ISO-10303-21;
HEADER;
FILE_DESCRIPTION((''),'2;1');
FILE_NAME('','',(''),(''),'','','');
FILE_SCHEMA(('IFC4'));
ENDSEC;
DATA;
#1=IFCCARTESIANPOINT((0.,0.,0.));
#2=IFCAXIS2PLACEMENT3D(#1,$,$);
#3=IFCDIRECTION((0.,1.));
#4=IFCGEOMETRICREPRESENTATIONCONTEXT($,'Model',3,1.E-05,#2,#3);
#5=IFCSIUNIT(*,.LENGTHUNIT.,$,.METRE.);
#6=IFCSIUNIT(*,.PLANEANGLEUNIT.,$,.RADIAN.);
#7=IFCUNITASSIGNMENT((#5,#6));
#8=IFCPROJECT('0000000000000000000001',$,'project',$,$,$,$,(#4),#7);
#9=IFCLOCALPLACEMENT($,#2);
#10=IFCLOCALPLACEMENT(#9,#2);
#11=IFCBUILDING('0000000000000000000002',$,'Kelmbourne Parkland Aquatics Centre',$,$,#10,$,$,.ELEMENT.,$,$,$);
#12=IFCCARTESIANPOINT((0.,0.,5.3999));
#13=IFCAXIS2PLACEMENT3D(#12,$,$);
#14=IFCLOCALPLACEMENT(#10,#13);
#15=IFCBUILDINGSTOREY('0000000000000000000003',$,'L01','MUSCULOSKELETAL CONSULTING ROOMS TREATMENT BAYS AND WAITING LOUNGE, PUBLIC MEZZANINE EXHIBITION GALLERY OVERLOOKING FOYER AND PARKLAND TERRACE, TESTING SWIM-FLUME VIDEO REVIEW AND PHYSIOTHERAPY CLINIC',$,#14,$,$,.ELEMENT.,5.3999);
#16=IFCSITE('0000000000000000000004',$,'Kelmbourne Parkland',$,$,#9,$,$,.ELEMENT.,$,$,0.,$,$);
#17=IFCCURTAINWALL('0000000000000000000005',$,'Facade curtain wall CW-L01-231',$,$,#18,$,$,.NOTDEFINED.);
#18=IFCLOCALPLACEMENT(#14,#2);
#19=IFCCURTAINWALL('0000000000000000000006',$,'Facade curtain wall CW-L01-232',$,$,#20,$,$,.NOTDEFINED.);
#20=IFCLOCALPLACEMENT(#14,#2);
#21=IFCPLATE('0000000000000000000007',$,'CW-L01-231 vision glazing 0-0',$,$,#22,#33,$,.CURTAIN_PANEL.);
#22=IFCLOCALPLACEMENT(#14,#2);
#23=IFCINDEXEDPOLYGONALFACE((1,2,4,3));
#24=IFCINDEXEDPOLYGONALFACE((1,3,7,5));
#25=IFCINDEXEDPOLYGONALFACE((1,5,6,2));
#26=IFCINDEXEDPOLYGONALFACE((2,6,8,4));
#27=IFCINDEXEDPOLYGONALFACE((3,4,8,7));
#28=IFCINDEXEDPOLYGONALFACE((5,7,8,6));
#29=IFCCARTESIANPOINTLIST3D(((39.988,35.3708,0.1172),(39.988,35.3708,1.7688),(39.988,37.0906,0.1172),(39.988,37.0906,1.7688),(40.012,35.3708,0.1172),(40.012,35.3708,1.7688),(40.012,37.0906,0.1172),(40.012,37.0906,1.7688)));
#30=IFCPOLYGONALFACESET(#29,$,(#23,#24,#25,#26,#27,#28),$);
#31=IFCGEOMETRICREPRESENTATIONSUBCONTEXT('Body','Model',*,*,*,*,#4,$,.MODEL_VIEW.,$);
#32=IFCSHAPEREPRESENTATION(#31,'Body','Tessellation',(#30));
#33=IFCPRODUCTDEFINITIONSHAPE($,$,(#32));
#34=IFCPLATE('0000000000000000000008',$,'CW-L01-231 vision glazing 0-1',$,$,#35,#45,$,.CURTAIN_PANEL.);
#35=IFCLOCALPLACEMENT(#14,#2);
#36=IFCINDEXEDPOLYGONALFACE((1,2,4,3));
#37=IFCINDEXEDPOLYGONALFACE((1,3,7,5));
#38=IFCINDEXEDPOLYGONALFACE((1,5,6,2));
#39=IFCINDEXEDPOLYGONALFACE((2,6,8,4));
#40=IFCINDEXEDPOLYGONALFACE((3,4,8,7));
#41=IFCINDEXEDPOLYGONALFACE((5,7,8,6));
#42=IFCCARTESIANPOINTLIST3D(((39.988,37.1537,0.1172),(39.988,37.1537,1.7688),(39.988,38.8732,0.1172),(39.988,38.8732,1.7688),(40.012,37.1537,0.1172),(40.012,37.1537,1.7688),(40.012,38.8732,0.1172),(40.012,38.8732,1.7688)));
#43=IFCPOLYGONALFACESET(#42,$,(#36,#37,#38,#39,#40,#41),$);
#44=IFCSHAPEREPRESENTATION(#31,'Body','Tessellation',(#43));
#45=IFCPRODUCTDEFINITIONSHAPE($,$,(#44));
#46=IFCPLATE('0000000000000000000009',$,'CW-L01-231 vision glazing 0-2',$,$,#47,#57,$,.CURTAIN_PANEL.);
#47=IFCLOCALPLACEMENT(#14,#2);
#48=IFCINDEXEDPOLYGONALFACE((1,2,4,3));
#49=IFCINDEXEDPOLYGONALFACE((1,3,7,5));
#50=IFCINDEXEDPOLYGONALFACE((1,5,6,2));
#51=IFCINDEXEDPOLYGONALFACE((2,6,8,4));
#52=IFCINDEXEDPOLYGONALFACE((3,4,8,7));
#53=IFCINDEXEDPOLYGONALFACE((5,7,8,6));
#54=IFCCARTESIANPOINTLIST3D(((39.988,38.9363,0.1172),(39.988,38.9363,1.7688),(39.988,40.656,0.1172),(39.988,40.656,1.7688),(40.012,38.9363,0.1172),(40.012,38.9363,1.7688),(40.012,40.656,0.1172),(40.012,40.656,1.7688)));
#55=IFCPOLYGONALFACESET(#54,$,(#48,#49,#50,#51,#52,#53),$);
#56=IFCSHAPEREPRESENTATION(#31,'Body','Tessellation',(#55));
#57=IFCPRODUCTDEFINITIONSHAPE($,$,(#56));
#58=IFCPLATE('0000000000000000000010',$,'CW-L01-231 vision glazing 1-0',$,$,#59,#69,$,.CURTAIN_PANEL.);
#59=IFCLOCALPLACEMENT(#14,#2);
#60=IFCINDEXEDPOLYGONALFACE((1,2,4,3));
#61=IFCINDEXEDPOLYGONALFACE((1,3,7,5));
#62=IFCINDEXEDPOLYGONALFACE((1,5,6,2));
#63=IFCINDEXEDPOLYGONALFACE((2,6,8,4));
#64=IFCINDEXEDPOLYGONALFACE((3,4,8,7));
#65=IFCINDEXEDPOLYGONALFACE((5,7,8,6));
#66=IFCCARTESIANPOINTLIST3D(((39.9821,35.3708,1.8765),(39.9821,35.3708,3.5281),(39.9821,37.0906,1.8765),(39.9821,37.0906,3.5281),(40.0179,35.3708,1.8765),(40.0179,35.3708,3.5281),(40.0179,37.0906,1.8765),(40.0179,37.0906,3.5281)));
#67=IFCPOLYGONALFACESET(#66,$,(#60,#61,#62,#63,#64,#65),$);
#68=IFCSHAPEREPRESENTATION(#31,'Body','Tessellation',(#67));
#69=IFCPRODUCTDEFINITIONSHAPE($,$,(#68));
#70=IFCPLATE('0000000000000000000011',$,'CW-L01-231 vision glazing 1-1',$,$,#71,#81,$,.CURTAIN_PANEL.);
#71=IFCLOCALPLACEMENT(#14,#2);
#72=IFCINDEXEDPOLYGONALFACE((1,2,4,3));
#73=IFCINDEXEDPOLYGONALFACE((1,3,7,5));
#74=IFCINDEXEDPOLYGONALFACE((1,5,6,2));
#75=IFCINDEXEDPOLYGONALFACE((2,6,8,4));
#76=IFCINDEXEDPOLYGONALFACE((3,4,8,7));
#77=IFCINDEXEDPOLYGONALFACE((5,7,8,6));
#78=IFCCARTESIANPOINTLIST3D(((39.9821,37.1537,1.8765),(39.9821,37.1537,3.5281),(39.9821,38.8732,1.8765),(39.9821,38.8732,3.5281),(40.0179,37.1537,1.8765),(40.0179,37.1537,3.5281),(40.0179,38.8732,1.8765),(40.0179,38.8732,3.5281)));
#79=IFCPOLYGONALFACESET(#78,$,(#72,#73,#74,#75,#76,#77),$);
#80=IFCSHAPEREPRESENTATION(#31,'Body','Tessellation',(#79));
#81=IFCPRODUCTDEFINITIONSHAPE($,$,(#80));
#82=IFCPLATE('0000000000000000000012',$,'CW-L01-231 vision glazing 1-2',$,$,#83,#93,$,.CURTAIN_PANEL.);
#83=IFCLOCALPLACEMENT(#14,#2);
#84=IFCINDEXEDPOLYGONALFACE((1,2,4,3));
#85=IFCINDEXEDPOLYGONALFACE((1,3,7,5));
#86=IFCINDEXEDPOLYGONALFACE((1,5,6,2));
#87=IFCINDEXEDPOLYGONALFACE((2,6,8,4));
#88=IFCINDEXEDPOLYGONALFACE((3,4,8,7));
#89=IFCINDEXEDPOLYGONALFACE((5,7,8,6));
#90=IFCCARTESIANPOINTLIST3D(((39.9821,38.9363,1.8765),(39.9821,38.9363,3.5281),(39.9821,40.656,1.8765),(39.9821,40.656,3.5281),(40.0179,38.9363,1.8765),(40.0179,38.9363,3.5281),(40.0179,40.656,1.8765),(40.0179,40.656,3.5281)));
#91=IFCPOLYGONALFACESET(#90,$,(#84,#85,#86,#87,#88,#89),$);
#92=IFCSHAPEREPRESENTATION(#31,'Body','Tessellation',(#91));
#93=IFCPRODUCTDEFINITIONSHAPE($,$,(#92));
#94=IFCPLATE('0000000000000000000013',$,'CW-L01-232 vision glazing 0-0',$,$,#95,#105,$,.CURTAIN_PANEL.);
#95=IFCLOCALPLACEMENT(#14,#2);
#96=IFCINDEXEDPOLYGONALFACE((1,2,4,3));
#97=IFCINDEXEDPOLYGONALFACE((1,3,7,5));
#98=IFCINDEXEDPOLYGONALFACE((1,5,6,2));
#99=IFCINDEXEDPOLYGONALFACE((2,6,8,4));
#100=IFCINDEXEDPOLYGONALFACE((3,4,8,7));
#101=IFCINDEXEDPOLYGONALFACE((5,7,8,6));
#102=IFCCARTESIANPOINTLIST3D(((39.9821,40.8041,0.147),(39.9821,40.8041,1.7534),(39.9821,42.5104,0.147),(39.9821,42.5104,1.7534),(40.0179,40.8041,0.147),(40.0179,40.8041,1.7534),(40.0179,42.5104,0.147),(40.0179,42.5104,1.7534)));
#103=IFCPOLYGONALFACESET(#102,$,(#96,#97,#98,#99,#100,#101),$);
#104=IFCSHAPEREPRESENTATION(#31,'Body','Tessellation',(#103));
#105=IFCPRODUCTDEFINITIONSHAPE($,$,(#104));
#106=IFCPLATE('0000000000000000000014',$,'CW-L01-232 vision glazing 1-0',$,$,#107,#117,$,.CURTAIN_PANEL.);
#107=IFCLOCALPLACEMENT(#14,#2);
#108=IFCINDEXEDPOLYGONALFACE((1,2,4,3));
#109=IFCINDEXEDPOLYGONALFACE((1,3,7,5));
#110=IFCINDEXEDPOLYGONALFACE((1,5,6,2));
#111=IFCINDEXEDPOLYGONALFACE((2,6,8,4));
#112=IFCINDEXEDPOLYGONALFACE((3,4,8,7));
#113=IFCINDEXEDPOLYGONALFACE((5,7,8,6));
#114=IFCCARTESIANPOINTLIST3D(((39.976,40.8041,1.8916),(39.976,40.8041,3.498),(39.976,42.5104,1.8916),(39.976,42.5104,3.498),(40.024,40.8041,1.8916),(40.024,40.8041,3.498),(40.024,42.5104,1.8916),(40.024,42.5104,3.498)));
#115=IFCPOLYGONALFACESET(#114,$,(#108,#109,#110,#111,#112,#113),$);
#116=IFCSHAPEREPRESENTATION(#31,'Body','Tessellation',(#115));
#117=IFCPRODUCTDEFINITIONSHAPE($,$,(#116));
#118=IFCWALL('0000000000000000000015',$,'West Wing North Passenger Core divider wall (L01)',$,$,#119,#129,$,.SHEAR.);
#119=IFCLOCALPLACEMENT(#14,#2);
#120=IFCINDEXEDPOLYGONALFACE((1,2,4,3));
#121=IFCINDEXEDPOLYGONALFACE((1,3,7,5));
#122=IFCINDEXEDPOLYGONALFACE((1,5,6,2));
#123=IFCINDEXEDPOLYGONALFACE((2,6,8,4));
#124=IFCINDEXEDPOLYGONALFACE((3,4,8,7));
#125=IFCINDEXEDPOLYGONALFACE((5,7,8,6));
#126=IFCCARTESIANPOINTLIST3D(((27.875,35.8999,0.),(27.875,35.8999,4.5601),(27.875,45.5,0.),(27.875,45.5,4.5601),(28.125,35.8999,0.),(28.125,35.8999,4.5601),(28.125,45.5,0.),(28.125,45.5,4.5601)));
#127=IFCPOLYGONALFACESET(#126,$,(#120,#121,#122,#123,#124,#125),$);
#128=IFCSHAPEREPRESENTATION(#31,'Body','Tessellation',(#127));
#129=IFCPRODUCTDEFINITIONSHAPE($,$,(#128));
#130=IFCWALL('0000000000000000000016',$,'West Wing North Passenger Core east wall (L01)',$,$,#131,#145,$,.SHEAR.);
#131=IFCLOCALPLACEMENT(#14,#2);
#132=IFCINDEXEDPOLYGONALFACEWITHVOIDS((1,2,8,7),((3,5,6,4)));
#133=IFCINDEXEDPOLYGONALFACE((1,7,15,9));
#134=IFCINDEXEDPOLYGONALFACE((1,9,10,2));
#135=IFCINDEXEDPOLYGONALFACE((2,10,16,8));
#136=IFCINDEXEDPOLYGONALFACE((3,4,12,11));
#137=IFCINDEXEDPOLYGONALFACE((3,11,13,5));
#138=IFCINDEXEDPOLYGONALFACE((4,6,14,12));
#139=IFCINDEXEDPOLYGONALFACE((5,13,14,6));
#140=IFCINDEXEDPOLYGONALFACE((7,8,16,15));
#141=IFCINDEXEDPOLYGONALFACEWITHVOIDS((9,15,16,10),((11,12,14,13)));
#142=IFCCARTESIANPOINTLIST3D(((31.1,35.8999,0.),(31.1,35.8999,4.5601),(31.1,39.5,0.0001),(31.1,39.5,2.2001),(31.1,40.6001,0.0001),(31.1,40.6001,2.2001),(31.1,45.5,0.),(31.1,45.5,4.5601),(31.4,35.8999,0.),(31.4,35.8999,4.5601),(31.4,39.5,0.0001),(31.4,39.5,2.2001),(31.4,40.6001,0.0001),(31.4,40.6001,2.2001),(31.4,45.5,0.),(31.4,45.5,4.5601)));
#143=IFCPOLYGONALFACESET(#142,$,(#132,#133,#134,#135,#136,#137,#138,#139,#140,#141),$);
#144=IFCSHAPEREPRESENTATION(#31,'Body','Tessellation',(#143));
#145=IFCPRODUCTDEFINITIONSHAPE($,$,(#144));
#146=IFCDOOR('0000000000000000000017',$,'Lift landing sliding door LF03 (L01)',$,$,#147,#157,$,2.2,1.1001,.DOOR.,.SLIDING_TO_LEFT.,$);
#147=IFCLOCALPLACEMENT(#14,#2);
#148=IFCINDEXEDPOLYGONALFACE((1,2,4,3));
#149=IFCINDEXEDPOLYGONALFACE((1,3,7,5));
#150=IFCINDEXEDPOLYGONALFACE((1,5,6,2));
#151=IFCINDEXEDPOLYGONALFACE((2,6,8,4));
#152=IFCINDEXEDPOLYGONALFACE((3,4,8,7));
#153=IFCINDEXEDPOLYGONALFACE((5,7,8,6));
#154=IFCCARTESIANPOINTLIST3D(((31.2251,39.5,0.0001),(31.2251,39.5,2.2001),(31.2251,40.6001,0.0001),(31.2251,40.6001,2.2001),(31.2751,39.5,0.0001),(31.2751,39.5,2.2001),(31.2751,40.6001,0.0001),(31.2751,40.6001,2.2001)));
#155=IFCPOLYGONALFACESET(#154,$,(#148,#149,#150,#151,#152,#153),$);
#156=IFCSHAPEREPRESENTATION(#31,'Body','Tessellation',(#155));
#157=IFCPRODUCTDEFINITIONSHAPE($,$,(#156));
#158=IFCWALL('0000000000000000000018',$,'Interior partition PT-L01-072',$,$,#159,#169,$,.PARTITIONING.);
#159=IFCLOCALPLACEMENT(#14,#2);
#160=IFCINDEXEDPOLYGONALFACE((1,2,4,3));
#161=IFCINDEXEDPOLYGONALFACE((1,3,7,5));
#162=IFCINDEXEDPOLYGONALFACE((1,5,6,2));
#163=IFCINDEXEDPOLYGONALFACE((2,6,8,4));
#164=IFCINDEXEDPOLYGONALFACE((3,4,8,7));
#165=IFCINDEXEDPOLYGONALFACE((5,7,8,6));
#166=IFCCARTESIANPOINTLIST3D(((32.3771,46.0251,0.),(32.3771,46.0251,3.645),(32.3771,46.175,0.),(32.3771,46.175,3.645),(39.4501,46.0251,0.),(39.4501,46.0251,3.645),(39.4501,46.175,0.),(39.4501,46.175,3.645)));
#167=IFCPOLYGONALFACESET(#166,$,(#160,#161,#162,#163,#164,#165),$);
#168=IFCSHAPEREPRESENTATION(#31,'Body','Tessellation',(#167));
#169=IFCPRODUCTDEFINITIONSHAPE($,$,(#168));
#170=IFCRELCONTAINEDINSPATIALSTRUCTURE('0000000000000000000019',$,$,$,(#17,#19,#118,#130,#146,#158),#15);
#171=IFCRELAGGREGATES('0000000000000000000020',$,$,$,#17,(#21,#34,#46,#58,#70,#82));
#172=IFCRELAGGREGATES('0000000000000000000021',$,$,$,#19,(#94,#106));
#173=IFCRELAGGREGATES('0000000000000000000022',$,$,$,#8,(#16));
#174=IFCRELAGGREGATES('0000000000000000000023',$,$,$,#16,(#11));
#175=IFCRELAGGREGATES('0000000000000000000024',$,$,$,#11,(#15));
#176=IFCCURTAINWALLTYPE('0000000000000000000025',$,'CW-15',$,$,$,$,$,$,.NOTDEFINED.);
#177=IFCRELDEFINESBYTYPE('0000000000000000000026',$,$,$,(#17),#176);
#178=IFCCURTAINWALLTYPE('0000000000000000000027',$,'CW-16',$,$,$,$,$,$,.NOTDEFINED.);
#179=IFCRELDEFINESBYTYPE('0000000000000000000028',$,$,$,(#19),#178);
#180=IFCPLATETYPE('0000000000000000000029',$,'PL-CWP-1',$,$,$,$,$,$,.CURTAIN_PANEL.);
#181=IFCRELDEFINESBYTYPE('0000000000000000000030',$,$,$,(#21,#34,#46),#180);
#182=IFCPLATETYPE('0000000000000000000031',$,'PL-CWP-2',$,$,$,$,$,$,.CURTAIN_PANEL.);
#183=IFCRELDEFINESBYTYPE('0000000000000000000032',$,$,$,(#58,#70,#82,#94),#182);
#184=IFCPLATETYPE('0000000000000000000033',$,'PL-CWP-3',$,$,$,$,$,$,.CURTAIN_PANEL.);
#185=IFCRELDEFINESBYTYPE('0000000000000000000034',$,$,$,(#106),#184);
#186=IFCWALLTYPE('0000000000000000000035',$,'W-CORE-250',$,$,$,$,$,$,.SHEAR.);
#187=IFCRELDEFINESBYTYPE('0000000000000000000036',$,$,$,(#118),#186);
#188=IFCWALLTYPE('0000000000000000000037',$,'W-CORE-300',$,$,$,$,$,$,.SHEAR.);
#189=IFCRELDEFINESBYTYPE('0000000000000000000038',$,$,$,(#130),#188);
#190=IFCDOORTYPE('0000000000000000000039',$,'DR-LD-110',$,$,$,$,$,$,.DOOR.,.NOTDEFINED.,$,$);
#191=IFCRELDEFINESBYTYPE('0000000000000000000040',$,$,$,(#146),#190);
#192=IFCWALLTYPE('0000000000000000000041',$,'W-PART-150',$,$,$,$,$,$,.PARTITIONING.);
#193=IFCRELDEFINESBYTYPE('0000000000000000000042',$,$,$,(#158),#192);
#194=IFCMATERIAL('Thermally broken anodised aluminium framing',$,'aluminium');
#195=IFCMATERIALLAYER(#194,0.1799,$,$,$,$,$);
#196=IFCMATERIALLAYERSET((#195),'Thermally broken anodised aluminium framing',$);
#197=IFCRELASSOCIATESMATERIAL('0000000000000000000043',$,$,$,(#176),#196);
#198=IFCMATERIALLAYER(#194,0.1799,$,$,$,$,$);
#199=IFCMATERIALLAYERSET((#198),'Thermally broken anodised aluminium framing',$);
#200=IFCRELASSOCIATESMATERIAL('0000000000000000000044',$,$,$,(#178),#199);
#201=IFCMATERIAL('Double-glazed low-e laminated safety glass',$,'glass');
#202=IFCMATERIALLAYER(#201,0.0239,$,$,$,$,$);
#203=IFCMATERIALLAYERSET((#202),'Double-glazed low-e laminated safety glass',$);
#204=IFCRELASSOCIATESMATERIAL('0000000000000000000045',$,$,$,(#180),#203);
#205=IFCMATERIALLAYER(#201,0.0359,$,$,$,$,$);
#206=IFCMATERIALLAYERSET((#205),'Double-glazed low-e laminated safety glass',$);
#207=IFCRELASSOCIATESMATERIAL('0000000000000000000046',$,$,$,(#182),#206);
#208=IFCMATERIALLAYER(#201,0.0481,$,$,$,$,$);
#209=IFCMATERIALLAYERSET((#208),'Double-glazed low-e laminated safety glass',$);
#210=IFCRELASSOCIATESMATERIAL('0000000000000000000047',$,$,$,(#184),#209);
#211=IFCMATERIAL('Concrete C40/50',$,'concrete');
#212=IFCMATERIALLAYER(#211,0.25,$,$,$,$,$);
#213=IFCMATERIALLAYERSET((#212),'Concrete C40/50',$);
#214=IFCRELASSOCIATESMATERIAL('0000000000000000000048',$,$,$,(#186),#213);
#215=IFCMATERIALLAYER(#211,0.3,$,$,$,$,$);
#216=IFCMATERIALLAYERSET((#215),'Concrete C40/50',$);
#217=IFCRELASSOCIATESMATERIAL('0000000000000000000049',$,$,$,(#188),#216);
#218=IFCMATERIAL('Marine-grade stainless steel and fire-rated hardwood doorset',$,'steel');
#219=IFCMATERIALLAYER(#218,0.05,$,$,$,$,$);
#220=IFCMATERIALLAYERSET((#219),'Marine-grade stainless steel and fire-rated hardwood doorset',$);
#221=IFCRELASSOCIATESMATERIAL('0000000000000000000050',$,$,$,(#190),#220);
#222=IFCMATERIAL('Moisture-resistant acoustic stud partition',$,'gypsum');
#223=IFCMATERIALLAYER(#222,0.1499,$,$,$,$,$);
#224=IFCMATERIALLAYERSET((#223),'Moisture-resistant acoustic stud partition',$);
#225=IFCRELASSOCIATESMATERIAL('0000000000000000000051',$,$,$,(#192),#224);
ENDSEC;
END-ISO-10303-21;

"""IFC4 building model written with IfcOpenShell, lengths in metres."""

from ifc_helpers import new_model, si_unit, direction, frame, frame_2d, origin, origin_2d, place, context, subcontext, project, spatial, rectangle, extrude, material, layer, layer_set, type_object, element, fill, aggregate, save


model = new_model("IFC4")

# Units and contexts
model_context = context("Model", 3, precision=1e-05, world=origin(), true_north=direction((0.0, 1.0)))
body_context = subcontext(model_context, "Body", "Model", "MODEL_VIEW")
ifc_project = project(units=[si_unit("LENGTHUNIT", "METRE"), si_unit("PLANEANGLEUNIT", "RADIAN")], contexts=[model_context])

# Site, building, storey
site_placement = place(None, origin())
site = spatial("IfcSite", under=ifc_project, at=site_placement, Name="Kelmbourne Parkland", CompositionType="ELEMENT", RefElevation=0.0)
building_placement = place(site_placement, origin())
building = spatial("IfcBuilding", under=site, at=building_placement, Name="Kelmbourne Parkland Aquatics Centre", CompositionType="ELEMENT")
storey_placement = place(building_placement, frame((0.0, 0.0, 5.3999)))
storey = spatial("IfcBuildingStorey", under=building, at=storey_placement, Name="L01", Description="MUSCULOSKELETAL CONSULTING ROOMS TREATMENT BAYS AND WAITING LOUNGE, PUBLIC MEZZANINE EXHIBITION GALLERY OVERLOOKING FOYER AND PARKLAND TERRACE, TESTING SWIM-FLUME VIDEO REVIEW AND PHYSIOTHERAPY CLINIC", CompositionType="ELEMENT", Elevation=5.3999)

# Shared definitions
ifc_material_1 = material(Name="Concrete C40/50", Category="concrete")

# Curtain walls
ifc_material_2 = material(Name="Thermally broken anodised aluminium framing", Category="aluminium")
ifc_layer_1 = layer(ifc_material_2, 0.1799)
ifc_layer_set_1 = layer_set([ifc_layer_1], Name="Thermally broken anodised aluminium framing")
curtain_wall_type_1 = type_object("IfcCurtainWallType", Name="CW-15", PredefinedType="NOTDEFINED", material=ifc_layer_set_1)
curtain_wall_1_placement = place(storey_placement, origin())
curtain_wall_1 = element("IfcCurtainWall", 1, at=curtain_wall_1_placement, inside=storey, type_object=curtain_wall_type_1, Name="Facade curtain wall CW-L01-231", PredefinedType="NOTDEFINED")
ifc_layer_2 = layer(ifc_material_2, 0.1799)
ifc_layer_set_2 = layer_set([ifc_layer_2], Name="Thermally broken anodised aluminium framing")
curtain_wall_type_2 = type_object("IfcCurtainWallType", Name="CW-16", PredefinedType="NOTDEFINED", material=ifc_layer_set_2)
curtain_wall_2_placement = place(storey_placement, origin())
curtain_wall_2 = element("IfcCurtainWall", 2, at=curtain_wall_2_placement, inside=storey, type_object=curtain_wall_type_2, Name="Facade curtain wall CW-L01-232", PredefinedType="NOTDEFINED")

# Plates
ifc_material_3 = material(Name="Double-glazed low-e laminated safety glass", Category="glass")
ifc_layer_3 = layer(ifc_material_3, 0.0239)
ifc_layer_set_3 = layer_set([ifc_layer_3], Name="Double-glazed low-e laminated safety glass")
plate_type_1 = type_object("IfcPlateType", Name="PL-CWP-1", PredefinedType="CURTAIN_PANEL", material=ifc_layer_set_3)
plate_1_placement = place(storey_placement, frame((40.0, 36.2307, 0.1172), z_axis=(0.0, 0.0, 1.0), x_axis=(0.0, 1.0, 0.0)))
plate_1 = element("IfcPlate", 3, at=plate_1_placement, type_object=plate_type_1, Name="CW-L01-231 vision glazing 0-0", PredefinedType="CURTAIN_PANEL", context=body_context, shape_type="SweptSolid", body=[
    extrude(rectangle(XDim=1.7197, YDim=0.0239, at=origin_2d()), origin(), (0.0, 0.0, 1.0), 1.6516),
])
plate_2_placement = place(storey_placement, frame((40.0, 38.0134, 0.1172), z_axis=(0.0, 0.0, 1.0), x_axis=(0.0, 1.0, 0.0)))
plate_2 = element("IfcPlate", 4, at=plate_2_placement, type_object=plate_type_1, Name="CW-L01-231 vision glazing 0-1", PredefinedType="CURTAIN_PANEL", context=body_context, shape_type="SweptSolid", body=[
    extrude(rectangle(XDim=1.7195, YDim=0.0239, at=origin_2d()), origin(), (0.0, 0.0, 1.0), 1.6516),
])
plate_3_placement = place(storey_placement, frame((40.0, 39.7961, 0.1172), z_axis=(0.0, 0.0, 1.0), x_axis=(0.0, 1.0, 0.0)))
plate_3 = element("IfcPlate", 5, at=plate_3_placement, type_object=plate_type_1, Name="CW-L01-231 vision glazing 0-2", PredefinedType="CURTAIN_PANEL", context=body_context, shape_type="SweptSolid", body=[
    extrude(rectangle(XDim=1.7197, YDim=0.0239, at=origin_2d()), origin(), (0.0, 0.0, 1.0), 1.6516),
])
ifc_layer_4 = layer(ifc_material_3, 0.0359)
ifc_layer_set_4 = layer_set([ifc_layer_4], Name="Double-glazed low-e laminated safety glass")
plate_type_2 = type_object("IfcPlateType", Name="PL-CWP-2", PredefinedType="CURTAIN_PANEL", material=ifc_layer_set_4)
plate_4_placement = place(storey_placement, frame((40.0, 36.2307, 1.8765), z_axis=(0.0, 0.0, 1.0), x_axis=(0.0, 1.0, 0.0)))
plate_4 = element("IfcPlate", 6, at=plate_4_placement, type_object=plate_type_2, Name="CW-L01-231 vision glazing 1-0", PredefinedType="CURTAIN_PANEL", context=body_context, shape_type="SweptSolid", body=[
    extrude(rectangle(XDim=1.7197, YDim=0.0359, at=origin_2d()), origin(), (0.0, 0.0, 1.0), 1.6516),
])
plate_5_placement = place(storey_placement, frame((40.0, 38.0134, 1.8765), z_axis=(0.0, 0.0, 1.0), x_axis=(0.0, 1.0, 0.0)))
plate_5 = element("IfcPlate", 7, at=plate_5_placement, type_object=plate_type_2, Name="CW-L01-231 vision glazing 1-1", PredefinedType="CURTAIN_PANEL", context=body_context, shape_type="SweptSolid", body=[
    extrude(rectangle(XDim=1.7195, YDim=0.0359, at=origin_2d()), origin(), (0.0, 0.0, 1.0), 1.6516),
])
plate_6_placement = place(storey_placement, frame((40.0, 39.7961, 1.8765), z_axis=(0.0, 0.0, 1.0), x_axis=(0.0, 1.0, 0.0)))
plate_6 = element("IfcPlate", 8, at=plate_6_placement, type_object=plate_type_2, Name="CW-L01-231 vision glazing 1-2", PredefinedType="CURTAIN_PANEL", context=body_context, shape_type="SweptSolid", body=[
    extrude(rectangle(XDim=1.7197, YDim=0.0359, at=origin_2d()), origin(), (0.0, 0.0, 1.0), 1.6516),
])
aggregate(curtain_wall_1, [plate_1, plate_2, plate_3, plate_4, plate_5, plate_6])
plate_7_placement = place(storey_placement, frame((40.0, 41.6572, 0.147), z_axis=(0.0, 0.0, 1.0), x_axis=(0.0, 1.0, 0.0)))
plate_7 = element("IfcPlate", 9, at=plate_7_placement, type_object=plate_type_2, Name="CW-L01-232 vision glazing 0-0", PredefinedType="CURTAIN_PANEL", context=body_context, shape_type="SweptSolid", body=[
    extrude(rectangle(XDim=1.7063, YDim=0.0359, at=origin_2d()), origin(), (0.0, 0.0, 1.0), 1.6064),
])
ifc_layer_5 = layer(ifc_material_3, 0.0481)
ifc_layer_set_5 = layer_set([ifc_layer_5], Name="Double-glazed low-e laminated safety glass")
plate_type_3 = type_object("IfcPlateType", Name="PL-CWP-3", PredefinedType="CURTAIN_PANEL", material=ifc_layer_set_5)
plate_8_placement = place(storey_placement, frame((40.0, 41.6572, 1.8916), z_axis=(0.0, 0.0, 1.0), x_axis=(0.0, 1.0, 0.0)))
plate_8 = element("IfcPlate", 10, at=plate_8_placement, type_object=plate_type_3, Name="CW-L01-232 vision glazing 1-0", PredefinedType="CURTAIN_PANEL", context=body_context, shape_type="SweptSolid", body=[
    extrude(rectangle(XDim=1.7063, YDim=0.0481, at=origin_2d()), origin(), (0.0, 0.0, 1.0), 1.6064),
])
aggregate(curtain_wall_2, [plate_7, plate_8])

# Wall
ifc_layer_6 = layer(ifc_material_1, 0.25)
ifc_layer_set_6 = layer_set([ifc_layer_6], Name="Concrete C40/50")
wall_type_1 = type_object("IfcWallType", Name="W-CORE-250", PredefinedType="SHEAR", material=ifc_layer_set_6)
wall_1_placement = place(storey_placement, frame((28.0, 35.8999, 0.0), z_axis=(0.0, 0.0, 1.0), x_axis=(0.0, 1.0, 0.0)))
element("IfcWall", 11, at=wall_1_placement, inside=storey, type_object=wall_type_1, Name="West Wing North Passenger Core divider wall (L01)", PredefinedType="SHEAR", context=body_context, shape_type="SweptSolid", body=[
    extrude(rectangle(XDim=9.6001, YDim=0.25, at=frame_2d((4.8, 0.0))), origin(), (0.0, 0.0, 1.0), 4.5601),
])

# Wall, opening, door
ifc_layer_7 = layer(ifc_material_1, 0.3)
ifc_layer_set_7 = layer_set([ifc_layer_7], Name="Concrete C40/50")
wall_type_2 = type_object("IfcWallType", Name="W-CORE-300", PredefinedType="SHEAR", material=ifc_layer_set_7)
wall_2_placement = place(storey_placement, frame((31.25, 35.8999, 0.0), z_axis=(0.0, 0.0, 1.0), x_axis=(0.0, 1.0, 0.0)))
wall_2 = element("IfcWall", 12, at=wall_2_placement, inside=storey, type_object=wall_type_2, Name="West Wing North Passenger Core east wall (L01)", PredefinedType="SHEAR", context=body_context, shape_type="SweptSolid", body=[
    extrude(rectangle(XDim=9.6001, YDim=0.3, at=frame_2d((4.8, 0.0))), origin(), (0.0, 0.0, 1.0), 4.5601),
])
opening_placement = place(wall_2_placement, frame((3.6001, 0.0, 0.0)))
opening = element("IfcOpeningElement", 13, at=opening_placement, cuts=wall_2, PredefinedType="OPENING", context=body_context, shape_type="SweptSolid", body=[
    extrude(rectangle(XDim=1.1001, YDim=2.2, at=frame_2d((0.55, 1.1001))), frame((0.0, 0.1621, 0.0), z_axis=(0.0, -1.0, 0.0), x_axis=(1.0, 0.0, 0.0)), (0.0, 0.0, 1.0), 0.324),
])
ifc_material_4 = material(Name="Marine-grade stainless steel and fire-rated hardwood doorset", Category="steel")
ifc_layer_8 = layer(ifc_material_4, 0.05)
ifc_layer_set_8 = layer_set([ifc_layer_8], Name="Marine-grade stainless steel and fire-rated hardwood doorset")
door_type = type_object("IfcDoorType", Name="DR-LD-110", OperationType="NOTDEFINED", PredefinedType="DOOR", material=ifc_layer_set_8)
door_placement = place(opening_placement, origin())
door = element("IfcDoor", 14, at=door_placement, inside=storey, type_object=door_type, Name="Lift landing sliding door LF03 (L01)", OperationType="SLIDING_TO_LEFT", OverallHeight=2.2, OverallWidth=1.1001, PredefinedType="DOOR", context=body_context, shape_type="SweptSolid", body=[
    extrude(rectangle(XDim=1.1001, YDim=2.2, at=frame_2d((0.55, 1.1001))), frame((0.0, 0.0249, 0.0), z_axis=(0.0, -1.0, 0.0), x_axis=(1.0, 0.0, 0.0)), (0.0, 0.0, 1.0), 0.05),
])
fill(opening, door)

# Wall
ifc_material_5 = material(Name="Moisture-resistant acoustic stud partition", Category="gypsum")
ifc_layer_9 = layer(ifc_material_5, 0.1499)
ifc_layer_set_9 = layer_set([ifc_layer_9], Name="Moisture-resistant acoustic stud partition")
wall_type_3 = type_object("IfcWallType", Name="W-PART-150", PredefinedType="PARTITIONING", material=ifc_layer_set_9)
wall_3_placement = place(storey_placement, frame((32.377, 46.1001, 0.0), z_axis=(0.0, 0.0, 1.0), x_axis=(1.0, 0.0, 0.0)))
element("IfcWall", 15, at=wall_3_placement, inside=storey, type_object=wall_type_3, Name="Interior partition PT-L01-072", PredefinedType="PARTITIONING", context=body_context, shape_type="SweptSolid", body=[
    extrude(rectangle(XDim=7.073, YDim=0.1499, at=frame_2d((3.5366, 0.0))), origin(), (0.0, 0.0, 1.0), 3.645),
])

save(model, "model.ifc")
